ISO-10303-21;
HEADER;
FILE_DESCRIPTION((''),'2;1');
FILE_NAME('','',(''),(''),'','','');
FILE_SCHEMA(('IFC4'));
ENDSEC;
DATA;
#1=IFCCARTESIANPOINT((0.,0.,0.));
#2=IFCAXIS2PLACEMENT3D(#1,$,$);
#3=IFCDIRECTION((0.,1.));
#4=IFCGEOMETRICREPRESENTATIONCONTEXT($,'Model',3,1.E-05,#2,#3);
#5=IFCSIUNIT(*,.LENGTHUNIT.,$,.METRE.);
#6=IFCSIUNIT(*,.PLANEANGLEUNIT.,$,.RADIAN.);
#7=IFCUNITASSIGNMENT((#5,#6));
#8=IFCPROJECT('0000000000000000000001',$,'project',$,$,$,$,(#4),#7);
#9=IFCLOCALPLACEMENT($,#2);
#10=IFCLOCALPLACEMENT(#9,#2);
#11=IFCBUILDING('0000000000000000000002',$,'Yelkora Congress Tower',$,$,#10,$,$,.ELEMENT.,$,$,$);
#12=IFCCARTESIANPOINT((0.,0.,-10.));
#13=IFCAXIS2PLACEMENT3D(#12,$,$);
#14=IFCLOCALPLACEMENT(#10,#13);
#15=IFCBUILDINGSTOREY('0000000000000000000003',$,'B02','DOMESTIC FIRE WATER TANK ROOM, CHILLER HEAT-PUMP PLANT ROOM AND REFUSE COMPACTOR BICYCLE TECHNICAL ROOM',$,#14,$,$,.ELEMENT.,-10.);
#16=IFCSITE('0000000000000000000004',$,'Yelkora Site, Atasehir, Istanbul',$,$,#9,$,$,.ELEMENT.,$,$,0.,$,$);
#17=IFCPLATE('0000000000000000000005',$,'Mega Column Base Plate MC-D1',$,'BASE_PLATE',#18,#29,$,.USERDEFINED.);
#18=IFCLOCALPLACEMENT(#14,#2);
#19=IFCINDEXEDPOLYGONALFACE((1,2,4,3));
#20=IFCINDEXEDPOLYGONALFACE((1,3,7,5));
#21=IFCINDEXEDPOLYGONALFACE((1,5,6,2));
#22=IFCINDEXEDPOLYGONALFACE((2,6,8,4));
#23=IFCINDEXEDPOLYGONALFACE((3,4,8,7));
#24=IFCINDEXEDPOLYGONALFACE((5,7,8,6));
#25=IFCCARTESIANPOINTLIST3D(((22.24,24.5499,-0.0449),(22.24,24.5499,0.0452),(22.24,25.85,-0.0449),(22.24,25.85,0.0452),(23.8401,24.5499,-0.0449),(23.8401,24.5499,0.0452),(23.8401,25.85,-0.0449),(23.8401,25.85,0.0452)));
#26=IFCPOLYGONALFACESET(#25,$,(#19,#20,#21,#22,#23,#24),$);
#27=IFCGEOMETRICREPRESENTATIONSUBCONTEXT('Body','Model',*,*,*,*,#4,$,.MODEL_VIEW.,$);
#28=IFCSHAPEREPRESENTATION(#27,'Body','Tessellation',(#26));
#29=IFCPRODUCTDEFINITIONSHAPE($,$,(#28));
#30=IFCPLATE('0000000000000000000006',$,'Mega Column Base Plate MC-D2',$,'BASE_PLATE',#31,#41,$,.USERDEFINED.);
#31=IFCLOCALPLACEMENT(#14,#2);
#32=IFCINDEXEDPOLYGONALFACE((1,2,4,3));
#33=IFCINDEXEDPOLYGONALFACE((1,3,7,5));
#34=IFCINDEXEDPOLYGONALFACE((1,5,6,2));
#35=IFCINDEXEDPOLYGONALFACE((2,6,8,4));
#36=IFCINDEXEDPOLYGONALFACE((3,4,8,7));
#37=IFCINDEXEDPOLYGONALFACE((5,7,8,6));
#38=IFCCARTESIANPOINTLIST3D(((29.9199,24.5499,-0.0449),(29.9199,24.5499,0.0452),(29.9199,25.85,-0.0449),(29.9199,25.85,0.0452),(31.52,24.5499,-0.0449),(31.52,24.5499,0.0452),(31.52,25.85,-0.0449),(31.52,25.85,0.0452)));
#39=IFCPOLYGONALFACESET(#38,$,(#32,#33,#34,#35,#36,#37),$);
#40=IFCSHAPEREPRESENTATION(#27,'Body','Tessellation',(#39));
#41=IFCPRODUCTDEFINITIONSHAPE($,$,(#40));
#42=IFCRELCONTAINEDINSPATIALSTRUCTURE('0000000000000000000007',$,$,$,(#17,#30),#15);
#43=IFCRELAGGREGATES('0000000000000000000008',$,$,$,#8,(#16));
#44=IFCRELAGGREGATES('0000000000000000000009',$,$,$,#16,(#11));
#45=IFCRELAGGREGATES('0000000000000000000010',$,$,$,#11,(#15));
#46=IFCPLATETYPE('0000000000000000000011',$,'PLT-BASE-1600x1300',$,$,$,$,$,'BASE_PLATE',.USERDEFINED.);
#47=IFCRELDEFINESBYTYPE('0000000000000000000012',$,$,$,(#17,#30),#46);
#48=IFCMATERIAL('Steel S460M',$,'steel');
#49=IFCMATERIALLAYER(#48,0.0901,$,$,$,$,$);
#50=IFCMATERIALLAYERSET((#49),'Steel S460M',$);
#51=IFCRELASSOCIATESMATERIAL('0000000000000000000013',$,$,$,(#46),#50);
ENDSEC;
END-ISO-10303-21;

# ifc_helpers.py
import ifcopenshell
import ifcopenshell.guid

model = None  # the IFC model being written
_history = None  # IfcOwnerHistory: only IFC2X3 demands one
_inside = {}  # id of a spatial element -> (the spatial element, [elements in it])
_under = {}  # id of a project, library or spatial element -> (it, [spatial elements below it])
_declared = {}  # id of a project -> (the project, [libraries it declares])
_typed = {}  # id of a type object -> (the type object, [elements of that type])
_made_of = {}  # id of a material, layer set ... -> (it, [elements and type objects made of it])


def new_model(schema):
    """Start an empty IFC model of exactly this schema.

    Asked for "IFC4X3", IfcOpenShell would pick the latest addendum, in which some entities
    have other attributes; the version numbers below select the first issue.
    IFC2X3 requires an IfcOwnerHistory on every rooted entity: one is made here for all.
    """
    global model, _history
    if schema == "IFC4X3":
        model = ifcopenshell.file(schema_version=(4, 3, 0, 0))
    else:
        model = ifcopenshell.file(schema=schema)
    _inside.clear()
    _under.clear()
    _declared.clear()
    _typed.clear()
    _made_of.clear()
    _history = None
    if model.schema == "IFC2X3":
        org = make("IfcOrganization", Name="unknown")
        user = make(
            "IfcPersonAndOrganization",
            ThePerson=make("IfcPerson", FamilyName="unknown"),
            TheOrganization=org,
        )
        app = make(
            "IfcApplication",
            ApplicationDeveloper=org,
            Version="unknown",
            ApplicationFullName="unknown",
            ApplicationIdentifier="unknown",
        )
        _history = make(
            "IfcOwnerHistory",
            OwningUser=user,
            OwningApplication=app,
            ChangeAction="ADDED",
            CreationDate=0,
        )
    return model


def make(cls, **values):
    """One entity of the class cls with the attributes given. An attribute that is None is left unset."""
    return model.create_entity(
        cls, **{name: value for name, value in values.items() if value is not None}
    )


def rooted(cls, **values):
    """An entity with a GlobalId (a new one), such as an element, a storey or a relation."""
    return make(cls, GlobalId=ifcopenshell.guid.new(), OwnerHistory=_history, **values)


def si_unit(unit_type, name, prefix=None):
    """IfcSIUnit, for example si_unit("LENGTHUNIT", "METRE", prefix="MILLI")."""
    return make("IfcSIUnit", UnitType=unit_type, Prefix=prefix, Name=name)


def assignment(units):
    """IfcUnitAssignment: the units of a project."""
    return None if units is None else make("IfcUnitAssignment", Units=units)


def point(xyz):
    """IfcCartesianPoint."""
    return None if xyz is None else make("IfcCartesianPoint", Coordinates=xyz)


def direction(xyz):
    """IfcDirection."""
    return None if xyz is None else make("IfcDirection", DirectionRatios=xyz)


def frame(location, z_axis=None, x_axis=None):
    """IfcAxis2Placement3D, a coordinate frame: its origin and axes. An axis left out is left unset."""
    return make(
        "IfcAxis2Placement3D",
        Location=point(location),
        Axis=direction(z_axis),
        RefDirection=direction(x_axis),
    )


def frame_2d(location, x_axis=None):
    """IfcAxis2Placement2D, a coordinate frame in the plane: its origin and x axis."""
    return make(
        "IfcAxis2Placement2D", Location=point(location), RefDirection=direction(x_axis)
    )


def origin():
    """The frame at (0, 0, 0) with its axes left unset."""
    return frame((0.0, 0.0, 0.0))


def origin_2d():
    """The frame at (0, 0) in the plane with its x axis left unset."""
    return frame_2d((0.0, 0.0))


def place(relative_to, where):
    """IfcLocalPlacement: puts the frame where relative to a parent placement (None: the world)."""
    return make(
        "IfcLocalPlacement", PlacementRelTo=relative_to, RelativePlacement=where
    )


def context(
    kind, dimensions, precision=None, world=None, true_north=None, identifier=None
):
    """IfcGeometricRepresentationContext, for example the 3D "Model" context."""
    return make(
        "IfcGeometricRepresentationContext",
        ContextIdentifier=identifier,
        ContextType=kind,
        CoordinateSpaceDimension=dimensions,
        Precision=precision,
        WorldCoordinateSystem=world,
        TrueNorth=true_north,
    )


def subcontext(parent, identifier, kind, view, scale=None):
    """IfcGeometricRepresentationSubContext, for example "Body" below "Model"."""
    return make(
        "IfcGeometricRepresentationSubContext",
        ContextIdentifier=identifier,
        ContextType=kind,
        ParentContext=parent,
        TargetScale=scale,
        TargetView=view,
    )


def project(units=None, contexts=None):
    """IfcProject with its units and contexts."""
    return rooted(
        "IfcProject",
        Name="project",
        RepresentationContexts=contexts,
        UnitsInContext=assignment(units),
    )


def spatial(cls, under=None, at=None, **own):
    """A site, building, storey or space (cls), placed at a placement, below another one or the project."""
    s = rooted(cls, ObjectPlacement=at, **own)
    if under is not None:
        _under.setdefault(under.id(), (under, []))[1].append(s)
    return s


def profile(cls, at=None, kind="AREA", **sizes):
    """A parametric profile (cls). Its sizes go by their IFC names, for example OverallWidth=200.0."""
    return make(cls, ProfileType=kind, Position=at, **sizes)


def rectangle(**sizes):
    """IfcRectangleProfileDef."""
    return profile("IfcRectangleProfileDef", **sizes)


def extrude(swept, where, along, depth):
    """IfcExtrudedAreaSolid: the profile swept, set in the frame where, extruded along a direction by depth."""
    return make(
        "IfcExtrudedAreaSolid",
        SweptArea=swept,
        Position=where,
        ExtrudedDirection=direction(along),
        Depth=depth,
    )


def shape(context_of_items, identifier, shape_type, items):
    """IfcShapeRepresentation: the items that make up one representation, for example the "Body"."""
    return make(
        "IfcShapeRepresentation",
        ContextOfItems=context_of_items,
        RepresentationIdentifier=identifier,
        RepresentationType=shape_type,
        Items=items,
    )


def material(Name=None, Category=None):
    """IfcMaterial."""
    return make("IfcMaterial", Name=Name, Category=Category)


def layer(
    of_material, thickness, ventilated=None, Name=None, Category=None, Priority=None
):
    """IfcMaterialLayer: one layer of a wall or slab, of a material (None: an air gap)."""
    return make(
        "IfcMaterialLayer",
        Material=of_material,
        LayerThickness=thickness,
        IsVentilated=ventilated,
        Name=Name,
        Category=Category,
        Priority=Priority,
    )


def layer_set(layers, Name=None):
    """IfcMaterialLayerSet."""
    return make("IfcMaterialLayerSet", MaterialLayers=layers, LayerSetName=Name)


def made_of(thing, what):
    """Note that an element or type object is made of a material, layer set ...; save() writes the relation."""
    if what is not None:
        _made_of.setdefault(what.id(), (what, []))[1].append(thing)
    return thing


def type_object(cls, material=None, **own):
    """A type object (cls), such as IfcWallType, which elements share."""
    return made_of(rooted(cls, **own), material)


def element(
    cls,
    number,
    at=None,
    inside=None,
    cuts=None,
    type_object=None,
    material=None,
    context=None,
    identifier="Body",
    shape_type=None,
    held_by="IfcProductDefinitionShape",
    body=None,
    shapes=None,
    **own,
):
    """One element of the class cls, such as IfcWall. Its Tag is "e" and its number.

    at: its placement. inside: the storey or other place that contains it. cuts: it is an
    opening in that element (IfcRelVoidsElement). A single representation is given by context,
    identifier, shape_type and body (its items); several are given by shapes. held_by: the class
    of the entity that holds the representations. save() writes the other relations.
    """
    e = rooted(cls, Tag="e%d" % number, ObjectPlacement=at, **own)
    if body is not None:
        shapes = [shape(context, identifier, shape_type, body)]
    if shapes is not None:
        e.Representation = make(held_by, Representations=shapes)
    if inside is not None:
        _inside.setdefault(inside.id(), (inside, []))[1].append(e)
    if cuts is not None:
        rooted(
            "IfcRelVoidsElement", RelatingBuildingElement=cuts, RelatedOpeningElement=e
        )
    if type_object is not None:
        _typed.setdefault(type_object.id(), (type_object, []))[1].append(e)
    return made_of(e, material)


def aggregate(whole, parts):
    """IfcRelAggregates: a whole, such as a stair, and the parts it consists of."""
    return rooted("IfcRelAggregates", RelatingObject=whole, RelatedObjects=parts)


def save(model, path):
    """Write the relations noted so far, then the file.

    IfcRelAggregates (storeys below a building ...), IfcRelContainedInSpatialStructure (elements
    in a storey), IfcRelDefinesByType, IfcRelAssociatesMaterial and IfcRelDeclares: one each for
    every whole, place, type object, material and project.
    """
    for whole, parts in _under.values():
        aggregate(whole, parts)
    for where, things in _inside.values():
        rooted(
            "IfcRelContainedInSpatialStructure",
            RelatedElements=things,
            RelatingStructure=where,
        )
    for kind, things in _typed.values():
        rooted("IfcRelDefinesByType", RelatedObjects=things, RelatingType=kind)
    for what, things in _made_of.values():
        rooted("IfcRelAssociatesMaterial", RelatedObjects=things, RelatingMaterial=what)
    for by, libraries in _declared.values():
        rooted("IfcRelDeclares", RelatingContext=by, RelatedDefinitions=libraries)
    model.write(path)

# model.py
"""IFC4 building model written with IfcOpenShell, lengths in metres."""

from ifc_helpers import new_model, si_unit, direction, frame, origin, origin_2d, place, context, subcontext, project, spatial, rectangle, extrude, material, layer, layer_set, type_object, element, save


model = new_model("IFC4")

# Units and contexts
model_context = context("Model", 3, precision=1e-05, world=origin(), true_north=direction((0.0, 1.0)))
body_context = subcontext(model_context, "Body", "Model", "MODEL_VIEW")
ifc_project = project(units=[si_unit("LENGTHUNIT", "METRE"), si_unit("PLANEANGLEUNIT", "RADIAN")], contexts=[model_context])

# Site, building, storey
site_placement = place(None, origin())
site = spatial("IfcSite", under=ifc_project, at=site_placement, Name="Yelkora Site, Atasehir, Istanbul", CompositionType="ELEMENT", RefElevation=0.0)
building_placement = place(site_placement, origin())
building = spatial("IfcBuilding", under=site, at=building_placement, Name="Yelkora Congress Tower", CompositionType="ELEMENT")
storey_placement = place(building_placement, frame((0.0, 0.0, -10.0)))
storey = spatial("IfcBuildingStorey", under=building, at=storey_placement, Name="B02", Description="DOMESTIC FIRE WATER TANK ROOM, CHILLER HEAT-PUMP PLANT ROOM AND REFUSE COMPACTOR BICYCLE TECHNICAL ROOM", CompositionType="ELEMENT", Elevation=-10.0)

# Plates
ifc_material_1 = material(Name="Steel S460M", Category="steel")
ifc_layer = layer(ifc_material_1, 0.0901)
ifc_layer_set = layer_set([ifc_layer], Name="Steel S460M")
plate_type = type_object("IfcPlateType", Name="PLT-BASE-1600x1300", ElementType="BASE_PLATE", PredefinedType="USERDEFINED", material=ifc_layer_set)
for number, where, z_axis, x_axis, name in (
    (1, (23.04, 25.2, -0.0449), (0.0, 0.0, 1.0), (1.0, 0.0, 0.0), "Mega Column Base Plate MC-D1"),
    (2, (30.72, 25.2, -0.0449), (0.0, 0.0, 1.0), (1.0, 0.0, 0.0), "Mega Column Base Plate MC-D2"),
):
    element("IfcPlate", number, at=place(storey_placement, frame(where, z_axis=z_axis, x_axis=x_axis)), inside=storey, type_object=plate_type, Name=name, ObjectType="BASE_PLATE", PredefinedType="USERDEFINED", context=body_context, shape_type="SweptSolid", body=[
        extrude(rectangle(XDim=1.6001, YDim=1.3, at=origin_2d()), origin(), (0.0, 0.0, 1.0), 0.0901),
    ])

save(model, "model.ifc")
